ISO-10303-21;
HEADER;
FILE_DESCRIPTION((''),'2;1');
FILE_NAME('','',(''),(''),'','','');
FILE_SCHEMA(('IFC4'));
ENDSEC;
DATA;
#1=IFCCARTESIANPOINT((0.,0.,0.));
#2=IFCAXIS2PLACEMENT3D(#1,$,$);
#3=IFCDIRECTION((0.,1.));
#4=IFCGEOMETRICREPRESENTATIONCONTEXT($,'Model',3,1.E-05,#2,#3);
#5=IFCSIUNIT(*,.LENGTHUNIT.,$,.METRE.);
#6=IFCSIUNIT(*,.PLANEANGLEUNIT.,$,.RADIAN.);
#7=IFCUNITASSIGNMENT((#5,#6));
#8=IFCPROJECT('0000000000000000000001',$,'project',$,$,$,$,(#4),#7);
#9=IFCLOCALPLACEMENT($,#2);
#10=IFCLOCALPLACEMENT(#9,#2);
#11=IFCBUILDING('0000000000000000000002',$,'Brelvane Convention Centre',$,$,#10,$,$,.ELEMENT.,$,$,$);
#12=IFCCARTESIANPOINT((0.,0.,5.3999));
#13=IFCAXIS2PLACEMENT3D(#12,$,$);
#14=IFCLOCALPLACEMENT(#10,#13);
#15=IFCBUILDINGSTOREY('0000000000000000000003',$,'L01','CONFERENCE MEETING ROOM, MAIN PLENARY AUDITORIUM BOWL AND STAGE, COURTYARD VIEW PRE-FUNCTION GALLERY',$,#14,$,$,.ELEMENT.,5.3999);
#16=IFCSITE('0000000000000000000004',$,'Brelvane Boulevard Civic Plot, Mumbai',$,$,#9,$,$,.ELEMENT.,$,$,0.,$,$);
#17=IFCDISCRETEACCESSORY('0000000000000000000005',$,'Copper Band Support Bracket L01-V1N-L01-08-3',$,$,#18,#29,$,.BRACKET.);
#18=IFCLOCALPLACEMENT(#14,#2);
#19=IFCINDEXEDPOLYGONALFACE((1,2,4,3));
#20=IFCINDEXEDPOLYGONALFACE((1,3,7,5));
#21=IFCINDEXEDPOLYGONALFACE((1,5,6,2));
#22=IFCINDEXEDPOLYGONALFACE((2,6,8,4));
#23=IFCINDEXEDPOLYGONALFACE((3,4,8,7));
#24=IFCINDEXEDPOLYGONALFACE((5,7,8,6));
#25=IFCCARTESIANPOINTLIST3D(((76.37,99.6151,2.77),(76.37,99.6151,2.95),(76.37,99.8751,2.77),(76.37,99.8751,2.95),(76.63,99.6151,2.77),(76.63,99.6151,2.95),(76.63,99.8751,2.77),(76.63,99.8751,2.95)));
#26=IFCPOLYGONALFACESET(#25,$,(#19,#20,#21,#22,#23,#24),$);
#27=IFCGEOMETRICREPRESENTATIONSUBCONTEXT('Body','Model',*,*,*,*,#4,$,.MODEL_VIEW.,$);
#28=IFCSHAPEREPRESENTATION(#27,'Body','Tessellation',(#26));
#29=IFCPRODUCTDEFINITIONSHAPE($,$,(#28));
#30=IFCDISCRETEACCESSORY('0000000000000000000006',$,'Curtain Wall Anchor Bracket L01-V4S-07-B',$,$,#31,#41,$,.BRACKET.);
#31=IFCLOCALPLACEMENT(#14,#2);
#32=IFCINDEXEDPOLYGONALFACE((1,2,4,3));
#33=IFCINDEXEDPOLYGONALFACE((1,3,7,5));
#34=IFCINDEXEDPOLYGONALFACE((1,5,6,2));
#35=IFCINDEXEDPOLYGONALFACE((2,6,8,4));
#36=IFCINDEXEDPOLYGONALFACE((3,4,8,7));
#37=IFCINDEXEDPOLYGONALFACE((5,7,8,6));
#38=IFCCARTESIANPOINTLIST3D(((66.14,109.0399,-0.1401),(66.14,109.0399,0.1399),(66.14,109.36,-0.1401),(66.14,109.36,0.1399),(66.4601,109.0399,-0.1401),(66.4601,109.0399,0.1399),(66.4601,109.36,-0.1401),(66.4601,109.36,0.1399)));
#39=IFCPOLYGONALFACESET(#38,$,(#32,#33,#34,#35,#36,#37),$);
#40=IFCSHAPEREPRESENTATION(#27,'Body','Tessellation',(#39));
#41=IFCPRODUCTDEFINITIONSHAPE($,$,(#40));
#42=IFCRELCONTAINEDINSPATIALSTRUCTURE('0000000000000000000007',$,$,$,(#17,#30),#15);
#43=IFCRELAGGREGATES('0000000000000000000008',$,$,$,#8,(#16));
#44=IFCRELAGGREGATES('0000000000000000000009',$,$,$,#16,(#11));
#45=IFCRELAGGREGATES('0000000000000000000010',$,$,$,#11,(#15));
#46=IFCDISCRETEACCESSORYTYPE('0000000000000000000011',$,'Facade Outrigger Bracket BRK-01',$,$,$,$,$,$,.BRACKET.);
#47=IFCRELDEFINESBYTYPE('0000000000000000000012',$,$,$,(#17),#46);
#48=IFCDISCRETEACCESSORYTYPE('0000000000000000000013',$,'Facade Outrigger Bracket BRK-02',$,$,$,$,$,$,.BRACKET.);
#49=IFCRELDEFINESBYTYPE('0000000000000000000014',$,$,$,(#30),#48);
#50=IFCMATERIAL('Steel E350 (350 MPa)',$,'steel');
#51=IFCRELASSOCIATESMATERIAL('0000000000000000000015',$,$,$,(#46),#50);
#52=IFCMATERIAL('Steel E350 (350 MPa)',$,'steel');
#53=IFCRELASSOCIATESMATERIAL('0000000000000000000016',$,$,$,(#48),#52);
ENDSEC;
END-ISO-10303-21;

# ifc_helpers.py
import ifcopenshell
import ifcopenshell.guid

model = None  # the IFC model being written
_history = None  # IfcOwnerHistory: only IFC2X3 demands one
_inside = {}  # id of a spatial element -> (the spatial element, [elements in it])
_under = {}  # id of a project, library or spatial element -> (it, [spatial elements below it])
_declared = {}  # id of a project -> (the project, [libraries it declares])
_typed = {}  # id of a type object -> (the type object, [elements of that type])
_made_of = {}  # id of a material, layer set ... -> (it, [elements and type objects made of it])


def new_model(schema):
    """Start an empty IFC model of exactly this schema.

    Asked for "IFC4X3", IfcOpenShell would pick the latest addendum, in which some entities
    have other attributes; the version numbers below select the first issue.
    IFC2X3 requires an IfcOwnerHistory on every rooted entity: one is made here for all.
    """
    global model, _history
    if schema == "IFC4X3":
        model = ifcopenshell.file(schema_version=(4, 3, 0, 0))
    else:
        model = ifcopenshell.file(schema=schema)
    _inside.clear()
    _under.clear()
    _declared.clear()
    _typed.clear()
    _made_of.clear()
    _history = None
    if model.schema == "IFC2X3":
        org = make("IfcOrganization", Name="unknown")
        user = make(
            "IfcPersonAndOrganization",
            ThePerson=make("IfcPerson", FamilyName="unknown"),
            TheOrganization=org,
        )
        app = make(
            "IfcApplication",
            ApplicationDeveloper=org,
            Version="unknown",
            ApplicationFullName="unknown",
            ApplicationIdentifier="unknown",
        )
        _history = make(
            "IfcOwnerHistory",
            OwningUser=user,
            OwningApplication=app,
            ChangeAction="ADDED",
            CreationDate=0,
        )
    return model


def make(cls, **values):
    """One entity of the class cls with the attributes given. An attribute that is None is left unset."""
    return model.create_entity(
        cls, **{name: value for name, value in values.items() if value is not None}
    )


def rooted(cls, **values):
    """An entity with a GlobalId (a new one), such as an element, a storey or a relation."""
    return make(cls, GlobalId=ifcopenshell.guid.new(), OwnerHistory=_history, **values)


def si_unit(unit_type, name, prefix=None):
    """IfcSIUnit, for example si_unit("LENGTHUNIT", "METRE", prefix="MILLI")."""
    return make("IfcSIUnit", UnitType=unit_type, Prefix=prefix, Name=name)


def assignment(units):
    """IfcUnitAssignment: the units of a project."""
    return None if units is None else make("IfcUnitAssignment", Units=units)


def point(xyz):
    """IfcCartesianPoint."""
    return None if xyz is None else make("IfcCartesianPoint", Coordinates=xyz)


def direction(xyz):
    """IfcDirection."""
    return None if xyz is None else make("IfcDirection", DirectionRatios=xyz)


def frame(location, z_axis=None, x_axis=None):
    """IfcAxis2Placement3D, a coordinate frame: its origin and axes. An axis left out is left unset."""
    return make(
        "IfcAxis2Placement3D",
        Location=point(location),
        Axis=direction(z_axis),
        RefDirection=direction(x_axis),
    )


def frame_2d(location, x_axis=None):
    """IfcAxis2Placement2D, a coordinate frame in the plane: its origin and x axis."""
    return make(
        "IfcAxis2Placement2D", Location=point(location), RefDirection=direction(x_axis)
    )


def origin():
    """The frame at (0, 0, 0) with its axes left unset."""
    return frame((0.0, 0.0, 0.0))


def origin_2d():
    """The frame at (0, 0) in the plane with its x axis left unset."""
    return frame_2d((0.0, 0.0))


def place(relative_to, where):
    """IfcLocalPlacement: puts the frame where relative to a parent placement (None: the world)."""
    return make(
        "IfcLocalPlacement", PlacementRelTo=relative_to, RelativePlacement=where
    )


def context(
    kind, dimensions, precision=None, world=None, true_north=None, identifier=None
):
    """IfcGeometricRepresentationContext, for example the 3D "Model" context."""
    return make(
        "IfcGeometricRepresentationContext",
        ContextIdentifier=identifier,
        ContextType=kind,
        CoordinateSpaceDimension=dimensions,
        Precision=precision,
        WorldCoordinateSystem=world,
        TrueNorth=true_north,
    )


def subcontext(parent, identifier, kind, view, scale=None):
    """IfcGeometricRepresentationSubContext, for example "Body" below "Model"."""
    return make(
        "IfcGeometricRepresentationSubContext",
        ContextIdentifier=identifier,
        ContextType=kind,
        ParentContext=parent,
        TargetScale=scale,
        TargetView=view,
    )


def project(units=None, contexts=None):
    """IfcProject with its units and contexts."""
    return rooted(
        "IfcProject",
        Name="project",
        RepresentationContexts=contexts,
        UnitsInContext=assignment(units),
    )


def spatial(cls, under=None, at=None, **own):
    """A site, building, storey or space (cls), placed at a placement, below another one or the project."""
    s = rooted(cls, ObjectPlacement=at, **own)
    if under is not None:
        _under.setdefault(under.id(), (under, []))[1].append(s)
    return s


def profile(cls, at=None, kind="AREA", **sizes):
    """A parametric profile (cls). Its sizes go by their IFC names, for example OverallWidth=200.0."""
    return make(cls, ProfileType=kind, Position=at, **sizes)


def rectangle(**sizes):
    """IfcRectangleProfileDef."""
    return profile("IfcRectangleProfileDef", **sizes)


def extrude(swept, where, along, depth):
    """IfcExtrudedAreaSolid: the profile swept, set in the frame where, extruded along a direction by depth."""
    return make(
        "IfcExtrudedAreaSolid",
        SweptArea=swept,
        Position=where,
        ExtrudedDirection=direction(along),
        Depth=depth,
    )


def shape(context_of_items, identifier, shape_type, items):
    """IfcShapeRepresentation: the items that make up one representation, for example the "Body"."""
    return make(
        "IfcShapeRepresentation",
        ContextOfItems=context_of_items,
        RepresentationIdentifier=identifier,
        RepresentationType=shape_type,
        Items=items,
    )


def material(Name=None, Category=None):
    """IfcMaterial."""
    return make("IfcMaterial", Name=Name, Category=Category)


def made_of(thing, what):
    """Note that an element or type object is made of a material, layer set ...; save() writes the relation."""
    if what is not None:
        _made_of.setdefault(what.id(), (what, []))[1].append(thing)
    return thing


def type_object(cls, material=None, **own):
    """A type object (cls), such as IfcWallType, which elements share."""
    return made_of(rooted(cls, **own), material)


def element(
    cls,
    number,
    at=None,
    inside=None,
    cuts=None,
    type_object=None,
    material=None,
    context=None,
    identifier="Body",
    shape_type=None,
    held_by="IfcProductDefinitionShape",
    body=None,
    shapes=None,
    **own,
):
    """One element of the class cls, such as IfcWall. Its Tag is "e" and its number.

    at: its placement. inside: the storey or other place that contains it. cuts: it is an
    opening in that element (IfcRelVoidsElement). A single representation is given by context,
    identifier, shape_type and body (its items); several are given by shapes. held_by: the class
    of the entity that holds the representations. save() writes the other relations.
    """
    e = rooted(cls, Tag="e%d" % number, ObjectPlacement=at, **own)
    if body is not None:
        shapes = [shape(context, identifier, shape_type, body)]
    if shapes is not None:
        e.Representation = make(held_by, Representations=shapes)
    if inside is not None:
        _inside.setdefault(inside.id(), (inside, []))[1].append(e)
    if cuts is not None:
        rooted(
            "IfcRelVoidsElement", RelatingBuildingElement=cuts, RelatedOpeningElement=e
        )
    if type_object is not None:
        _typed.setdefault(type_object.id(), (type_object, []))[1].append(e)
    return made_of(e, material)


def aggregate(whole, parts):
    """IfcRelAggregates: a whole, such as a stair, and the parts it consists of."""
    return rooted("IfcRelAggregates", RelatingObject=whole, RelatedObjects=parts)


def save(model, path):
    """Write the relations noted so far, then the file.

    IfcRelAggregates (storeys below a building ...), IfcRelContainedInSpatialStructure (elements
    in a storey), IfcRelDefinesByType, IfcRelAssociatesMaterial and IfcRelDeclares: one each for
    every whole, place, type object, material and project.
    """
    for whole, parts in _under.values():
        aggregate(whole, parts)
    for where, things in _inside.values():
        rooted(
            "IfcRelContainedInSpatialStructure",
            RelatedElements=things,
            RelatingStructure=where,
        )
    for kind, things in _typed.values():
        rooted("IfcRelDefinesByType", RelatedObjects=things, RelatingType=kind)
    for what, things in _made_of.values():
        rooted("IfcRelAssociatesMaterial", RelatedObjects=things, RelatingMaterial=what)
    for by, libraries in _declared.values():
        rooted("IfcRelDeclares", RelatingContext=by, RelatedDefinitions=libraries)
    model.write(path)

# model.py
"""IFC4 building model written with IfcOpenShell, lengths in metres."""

from ifc_helpers import new_model, si_unit, direction, frame, origin, origin_2d, place, context, subcontext, project, spatial, rectangle, extrude, material, type_object, element, save


model = new_model("IFC4")

# Units and contexts
model_context = context("Model", 3, precision=1e-05, world=origin(), true_north=direction((0.0, 1.0)))
body_context = subcontext(model_context, "Body", "Model", "MODEL_VIEW")
ifc_project = project(units=[si_unit("LENGTHUNIT", "METRE"), si_unit("PLANEANGLEUNIT", "RADIAN")], contexts=[model_context])

# Site, building, storey
site_placement = place(None, origin())
site = spatial("IfcSite", under=ifc_project, at=site_placement, Name="Brelvane Boulevard Civic Plot, Mumbai", CompositionType="ELEMENT", RefElevation=0.0)
building_placement = place(site_placement, origin())
building = spatial("IfcBuilding", under=site, at=building_placement, Name="Brelvane Convention Centre", CompositionType="ELEMENT")
storey_placement = place(building_placement, frame((0.0, 0.0, 5.3999)))
storey = spatial("IfcBuildingStorey", under=building, at=storey_placement, Name="L01", Description="CONFERENCE MEETING ROOM, MAIN PLENARY AUDITORIUM BOWL AND STAGE, COURTYARD VIEW PRE-FUNCTION GALLERY", CompositionType="ELEMENT", Elevation=5.3999)

# Discrete accessories
ifc_material_1 = material(Name="Steel E350 (350 MPa)", Category="steel")
discrete_accessory_type_1 = type_object("IfcDiscreteAccessoryType", Name="Facade Outrigger Bracket BRK-01", PredefinedType="BRACKET", material=ifc_material_1)
for number, where, z_axis, x_axis, name in (
    (1, (76.5, 99.7451, 2.77), (0.0, 0.0, 1.0), (1.0, 0.0, 0.0), "Copper Band Support Bracket L01-V1N-L01-08-3"),
):
    element("IfcDiscreteAccessory", number, at=place(storey_placement, frame(where, z_axis=z_axis, x_axis=x_axis)), inside=storey, type_object=discrete_accessory_type_1, Name=name, PredefinedType="BRACKET", context=body_context, shape_type="SweptSolid", body=[
        extrude(rectangle(XDim=0.26, YDim=0.26, at=origin_2d()), origin(), (0.0, 0.0, 1.0), 0.1799),
    ])
ifc_material_2 = material(Name="Steel E350 (350 MPa)", Category="steel")
discrete_accessory_type_2 = type_object("IfcDiscreteAccessoryType", Name="Facade Outrigger Bracket BRK-02", PredefinedType="BRACKET", material=ifc_material_2)
discrete_accessory_placement = place(storey_placement, frame((66.3, 109.2, -0.1401), z_axis=(0.0, 0.0, 1.0), x_axis=(1.0, 0.0, 0.0)))
element("IfcDiscreteAccessory", 2, at=discrete_accessory_placement, inside=storey, type_object=discrete_accessory_type_2, Name="Curtain Wall Anchor Bracket L01-V4S-07-B", PredefinedType="BRACKET", context=body_context, shape_type="SweptSolid", body=[
    extrude(rectangle(XDim=0.3201, YDim=0.3201, at=origin_2d()), origin(), (0.0, 0.0, 1.0), 0.28),
])

save(model, "model.ifc")
